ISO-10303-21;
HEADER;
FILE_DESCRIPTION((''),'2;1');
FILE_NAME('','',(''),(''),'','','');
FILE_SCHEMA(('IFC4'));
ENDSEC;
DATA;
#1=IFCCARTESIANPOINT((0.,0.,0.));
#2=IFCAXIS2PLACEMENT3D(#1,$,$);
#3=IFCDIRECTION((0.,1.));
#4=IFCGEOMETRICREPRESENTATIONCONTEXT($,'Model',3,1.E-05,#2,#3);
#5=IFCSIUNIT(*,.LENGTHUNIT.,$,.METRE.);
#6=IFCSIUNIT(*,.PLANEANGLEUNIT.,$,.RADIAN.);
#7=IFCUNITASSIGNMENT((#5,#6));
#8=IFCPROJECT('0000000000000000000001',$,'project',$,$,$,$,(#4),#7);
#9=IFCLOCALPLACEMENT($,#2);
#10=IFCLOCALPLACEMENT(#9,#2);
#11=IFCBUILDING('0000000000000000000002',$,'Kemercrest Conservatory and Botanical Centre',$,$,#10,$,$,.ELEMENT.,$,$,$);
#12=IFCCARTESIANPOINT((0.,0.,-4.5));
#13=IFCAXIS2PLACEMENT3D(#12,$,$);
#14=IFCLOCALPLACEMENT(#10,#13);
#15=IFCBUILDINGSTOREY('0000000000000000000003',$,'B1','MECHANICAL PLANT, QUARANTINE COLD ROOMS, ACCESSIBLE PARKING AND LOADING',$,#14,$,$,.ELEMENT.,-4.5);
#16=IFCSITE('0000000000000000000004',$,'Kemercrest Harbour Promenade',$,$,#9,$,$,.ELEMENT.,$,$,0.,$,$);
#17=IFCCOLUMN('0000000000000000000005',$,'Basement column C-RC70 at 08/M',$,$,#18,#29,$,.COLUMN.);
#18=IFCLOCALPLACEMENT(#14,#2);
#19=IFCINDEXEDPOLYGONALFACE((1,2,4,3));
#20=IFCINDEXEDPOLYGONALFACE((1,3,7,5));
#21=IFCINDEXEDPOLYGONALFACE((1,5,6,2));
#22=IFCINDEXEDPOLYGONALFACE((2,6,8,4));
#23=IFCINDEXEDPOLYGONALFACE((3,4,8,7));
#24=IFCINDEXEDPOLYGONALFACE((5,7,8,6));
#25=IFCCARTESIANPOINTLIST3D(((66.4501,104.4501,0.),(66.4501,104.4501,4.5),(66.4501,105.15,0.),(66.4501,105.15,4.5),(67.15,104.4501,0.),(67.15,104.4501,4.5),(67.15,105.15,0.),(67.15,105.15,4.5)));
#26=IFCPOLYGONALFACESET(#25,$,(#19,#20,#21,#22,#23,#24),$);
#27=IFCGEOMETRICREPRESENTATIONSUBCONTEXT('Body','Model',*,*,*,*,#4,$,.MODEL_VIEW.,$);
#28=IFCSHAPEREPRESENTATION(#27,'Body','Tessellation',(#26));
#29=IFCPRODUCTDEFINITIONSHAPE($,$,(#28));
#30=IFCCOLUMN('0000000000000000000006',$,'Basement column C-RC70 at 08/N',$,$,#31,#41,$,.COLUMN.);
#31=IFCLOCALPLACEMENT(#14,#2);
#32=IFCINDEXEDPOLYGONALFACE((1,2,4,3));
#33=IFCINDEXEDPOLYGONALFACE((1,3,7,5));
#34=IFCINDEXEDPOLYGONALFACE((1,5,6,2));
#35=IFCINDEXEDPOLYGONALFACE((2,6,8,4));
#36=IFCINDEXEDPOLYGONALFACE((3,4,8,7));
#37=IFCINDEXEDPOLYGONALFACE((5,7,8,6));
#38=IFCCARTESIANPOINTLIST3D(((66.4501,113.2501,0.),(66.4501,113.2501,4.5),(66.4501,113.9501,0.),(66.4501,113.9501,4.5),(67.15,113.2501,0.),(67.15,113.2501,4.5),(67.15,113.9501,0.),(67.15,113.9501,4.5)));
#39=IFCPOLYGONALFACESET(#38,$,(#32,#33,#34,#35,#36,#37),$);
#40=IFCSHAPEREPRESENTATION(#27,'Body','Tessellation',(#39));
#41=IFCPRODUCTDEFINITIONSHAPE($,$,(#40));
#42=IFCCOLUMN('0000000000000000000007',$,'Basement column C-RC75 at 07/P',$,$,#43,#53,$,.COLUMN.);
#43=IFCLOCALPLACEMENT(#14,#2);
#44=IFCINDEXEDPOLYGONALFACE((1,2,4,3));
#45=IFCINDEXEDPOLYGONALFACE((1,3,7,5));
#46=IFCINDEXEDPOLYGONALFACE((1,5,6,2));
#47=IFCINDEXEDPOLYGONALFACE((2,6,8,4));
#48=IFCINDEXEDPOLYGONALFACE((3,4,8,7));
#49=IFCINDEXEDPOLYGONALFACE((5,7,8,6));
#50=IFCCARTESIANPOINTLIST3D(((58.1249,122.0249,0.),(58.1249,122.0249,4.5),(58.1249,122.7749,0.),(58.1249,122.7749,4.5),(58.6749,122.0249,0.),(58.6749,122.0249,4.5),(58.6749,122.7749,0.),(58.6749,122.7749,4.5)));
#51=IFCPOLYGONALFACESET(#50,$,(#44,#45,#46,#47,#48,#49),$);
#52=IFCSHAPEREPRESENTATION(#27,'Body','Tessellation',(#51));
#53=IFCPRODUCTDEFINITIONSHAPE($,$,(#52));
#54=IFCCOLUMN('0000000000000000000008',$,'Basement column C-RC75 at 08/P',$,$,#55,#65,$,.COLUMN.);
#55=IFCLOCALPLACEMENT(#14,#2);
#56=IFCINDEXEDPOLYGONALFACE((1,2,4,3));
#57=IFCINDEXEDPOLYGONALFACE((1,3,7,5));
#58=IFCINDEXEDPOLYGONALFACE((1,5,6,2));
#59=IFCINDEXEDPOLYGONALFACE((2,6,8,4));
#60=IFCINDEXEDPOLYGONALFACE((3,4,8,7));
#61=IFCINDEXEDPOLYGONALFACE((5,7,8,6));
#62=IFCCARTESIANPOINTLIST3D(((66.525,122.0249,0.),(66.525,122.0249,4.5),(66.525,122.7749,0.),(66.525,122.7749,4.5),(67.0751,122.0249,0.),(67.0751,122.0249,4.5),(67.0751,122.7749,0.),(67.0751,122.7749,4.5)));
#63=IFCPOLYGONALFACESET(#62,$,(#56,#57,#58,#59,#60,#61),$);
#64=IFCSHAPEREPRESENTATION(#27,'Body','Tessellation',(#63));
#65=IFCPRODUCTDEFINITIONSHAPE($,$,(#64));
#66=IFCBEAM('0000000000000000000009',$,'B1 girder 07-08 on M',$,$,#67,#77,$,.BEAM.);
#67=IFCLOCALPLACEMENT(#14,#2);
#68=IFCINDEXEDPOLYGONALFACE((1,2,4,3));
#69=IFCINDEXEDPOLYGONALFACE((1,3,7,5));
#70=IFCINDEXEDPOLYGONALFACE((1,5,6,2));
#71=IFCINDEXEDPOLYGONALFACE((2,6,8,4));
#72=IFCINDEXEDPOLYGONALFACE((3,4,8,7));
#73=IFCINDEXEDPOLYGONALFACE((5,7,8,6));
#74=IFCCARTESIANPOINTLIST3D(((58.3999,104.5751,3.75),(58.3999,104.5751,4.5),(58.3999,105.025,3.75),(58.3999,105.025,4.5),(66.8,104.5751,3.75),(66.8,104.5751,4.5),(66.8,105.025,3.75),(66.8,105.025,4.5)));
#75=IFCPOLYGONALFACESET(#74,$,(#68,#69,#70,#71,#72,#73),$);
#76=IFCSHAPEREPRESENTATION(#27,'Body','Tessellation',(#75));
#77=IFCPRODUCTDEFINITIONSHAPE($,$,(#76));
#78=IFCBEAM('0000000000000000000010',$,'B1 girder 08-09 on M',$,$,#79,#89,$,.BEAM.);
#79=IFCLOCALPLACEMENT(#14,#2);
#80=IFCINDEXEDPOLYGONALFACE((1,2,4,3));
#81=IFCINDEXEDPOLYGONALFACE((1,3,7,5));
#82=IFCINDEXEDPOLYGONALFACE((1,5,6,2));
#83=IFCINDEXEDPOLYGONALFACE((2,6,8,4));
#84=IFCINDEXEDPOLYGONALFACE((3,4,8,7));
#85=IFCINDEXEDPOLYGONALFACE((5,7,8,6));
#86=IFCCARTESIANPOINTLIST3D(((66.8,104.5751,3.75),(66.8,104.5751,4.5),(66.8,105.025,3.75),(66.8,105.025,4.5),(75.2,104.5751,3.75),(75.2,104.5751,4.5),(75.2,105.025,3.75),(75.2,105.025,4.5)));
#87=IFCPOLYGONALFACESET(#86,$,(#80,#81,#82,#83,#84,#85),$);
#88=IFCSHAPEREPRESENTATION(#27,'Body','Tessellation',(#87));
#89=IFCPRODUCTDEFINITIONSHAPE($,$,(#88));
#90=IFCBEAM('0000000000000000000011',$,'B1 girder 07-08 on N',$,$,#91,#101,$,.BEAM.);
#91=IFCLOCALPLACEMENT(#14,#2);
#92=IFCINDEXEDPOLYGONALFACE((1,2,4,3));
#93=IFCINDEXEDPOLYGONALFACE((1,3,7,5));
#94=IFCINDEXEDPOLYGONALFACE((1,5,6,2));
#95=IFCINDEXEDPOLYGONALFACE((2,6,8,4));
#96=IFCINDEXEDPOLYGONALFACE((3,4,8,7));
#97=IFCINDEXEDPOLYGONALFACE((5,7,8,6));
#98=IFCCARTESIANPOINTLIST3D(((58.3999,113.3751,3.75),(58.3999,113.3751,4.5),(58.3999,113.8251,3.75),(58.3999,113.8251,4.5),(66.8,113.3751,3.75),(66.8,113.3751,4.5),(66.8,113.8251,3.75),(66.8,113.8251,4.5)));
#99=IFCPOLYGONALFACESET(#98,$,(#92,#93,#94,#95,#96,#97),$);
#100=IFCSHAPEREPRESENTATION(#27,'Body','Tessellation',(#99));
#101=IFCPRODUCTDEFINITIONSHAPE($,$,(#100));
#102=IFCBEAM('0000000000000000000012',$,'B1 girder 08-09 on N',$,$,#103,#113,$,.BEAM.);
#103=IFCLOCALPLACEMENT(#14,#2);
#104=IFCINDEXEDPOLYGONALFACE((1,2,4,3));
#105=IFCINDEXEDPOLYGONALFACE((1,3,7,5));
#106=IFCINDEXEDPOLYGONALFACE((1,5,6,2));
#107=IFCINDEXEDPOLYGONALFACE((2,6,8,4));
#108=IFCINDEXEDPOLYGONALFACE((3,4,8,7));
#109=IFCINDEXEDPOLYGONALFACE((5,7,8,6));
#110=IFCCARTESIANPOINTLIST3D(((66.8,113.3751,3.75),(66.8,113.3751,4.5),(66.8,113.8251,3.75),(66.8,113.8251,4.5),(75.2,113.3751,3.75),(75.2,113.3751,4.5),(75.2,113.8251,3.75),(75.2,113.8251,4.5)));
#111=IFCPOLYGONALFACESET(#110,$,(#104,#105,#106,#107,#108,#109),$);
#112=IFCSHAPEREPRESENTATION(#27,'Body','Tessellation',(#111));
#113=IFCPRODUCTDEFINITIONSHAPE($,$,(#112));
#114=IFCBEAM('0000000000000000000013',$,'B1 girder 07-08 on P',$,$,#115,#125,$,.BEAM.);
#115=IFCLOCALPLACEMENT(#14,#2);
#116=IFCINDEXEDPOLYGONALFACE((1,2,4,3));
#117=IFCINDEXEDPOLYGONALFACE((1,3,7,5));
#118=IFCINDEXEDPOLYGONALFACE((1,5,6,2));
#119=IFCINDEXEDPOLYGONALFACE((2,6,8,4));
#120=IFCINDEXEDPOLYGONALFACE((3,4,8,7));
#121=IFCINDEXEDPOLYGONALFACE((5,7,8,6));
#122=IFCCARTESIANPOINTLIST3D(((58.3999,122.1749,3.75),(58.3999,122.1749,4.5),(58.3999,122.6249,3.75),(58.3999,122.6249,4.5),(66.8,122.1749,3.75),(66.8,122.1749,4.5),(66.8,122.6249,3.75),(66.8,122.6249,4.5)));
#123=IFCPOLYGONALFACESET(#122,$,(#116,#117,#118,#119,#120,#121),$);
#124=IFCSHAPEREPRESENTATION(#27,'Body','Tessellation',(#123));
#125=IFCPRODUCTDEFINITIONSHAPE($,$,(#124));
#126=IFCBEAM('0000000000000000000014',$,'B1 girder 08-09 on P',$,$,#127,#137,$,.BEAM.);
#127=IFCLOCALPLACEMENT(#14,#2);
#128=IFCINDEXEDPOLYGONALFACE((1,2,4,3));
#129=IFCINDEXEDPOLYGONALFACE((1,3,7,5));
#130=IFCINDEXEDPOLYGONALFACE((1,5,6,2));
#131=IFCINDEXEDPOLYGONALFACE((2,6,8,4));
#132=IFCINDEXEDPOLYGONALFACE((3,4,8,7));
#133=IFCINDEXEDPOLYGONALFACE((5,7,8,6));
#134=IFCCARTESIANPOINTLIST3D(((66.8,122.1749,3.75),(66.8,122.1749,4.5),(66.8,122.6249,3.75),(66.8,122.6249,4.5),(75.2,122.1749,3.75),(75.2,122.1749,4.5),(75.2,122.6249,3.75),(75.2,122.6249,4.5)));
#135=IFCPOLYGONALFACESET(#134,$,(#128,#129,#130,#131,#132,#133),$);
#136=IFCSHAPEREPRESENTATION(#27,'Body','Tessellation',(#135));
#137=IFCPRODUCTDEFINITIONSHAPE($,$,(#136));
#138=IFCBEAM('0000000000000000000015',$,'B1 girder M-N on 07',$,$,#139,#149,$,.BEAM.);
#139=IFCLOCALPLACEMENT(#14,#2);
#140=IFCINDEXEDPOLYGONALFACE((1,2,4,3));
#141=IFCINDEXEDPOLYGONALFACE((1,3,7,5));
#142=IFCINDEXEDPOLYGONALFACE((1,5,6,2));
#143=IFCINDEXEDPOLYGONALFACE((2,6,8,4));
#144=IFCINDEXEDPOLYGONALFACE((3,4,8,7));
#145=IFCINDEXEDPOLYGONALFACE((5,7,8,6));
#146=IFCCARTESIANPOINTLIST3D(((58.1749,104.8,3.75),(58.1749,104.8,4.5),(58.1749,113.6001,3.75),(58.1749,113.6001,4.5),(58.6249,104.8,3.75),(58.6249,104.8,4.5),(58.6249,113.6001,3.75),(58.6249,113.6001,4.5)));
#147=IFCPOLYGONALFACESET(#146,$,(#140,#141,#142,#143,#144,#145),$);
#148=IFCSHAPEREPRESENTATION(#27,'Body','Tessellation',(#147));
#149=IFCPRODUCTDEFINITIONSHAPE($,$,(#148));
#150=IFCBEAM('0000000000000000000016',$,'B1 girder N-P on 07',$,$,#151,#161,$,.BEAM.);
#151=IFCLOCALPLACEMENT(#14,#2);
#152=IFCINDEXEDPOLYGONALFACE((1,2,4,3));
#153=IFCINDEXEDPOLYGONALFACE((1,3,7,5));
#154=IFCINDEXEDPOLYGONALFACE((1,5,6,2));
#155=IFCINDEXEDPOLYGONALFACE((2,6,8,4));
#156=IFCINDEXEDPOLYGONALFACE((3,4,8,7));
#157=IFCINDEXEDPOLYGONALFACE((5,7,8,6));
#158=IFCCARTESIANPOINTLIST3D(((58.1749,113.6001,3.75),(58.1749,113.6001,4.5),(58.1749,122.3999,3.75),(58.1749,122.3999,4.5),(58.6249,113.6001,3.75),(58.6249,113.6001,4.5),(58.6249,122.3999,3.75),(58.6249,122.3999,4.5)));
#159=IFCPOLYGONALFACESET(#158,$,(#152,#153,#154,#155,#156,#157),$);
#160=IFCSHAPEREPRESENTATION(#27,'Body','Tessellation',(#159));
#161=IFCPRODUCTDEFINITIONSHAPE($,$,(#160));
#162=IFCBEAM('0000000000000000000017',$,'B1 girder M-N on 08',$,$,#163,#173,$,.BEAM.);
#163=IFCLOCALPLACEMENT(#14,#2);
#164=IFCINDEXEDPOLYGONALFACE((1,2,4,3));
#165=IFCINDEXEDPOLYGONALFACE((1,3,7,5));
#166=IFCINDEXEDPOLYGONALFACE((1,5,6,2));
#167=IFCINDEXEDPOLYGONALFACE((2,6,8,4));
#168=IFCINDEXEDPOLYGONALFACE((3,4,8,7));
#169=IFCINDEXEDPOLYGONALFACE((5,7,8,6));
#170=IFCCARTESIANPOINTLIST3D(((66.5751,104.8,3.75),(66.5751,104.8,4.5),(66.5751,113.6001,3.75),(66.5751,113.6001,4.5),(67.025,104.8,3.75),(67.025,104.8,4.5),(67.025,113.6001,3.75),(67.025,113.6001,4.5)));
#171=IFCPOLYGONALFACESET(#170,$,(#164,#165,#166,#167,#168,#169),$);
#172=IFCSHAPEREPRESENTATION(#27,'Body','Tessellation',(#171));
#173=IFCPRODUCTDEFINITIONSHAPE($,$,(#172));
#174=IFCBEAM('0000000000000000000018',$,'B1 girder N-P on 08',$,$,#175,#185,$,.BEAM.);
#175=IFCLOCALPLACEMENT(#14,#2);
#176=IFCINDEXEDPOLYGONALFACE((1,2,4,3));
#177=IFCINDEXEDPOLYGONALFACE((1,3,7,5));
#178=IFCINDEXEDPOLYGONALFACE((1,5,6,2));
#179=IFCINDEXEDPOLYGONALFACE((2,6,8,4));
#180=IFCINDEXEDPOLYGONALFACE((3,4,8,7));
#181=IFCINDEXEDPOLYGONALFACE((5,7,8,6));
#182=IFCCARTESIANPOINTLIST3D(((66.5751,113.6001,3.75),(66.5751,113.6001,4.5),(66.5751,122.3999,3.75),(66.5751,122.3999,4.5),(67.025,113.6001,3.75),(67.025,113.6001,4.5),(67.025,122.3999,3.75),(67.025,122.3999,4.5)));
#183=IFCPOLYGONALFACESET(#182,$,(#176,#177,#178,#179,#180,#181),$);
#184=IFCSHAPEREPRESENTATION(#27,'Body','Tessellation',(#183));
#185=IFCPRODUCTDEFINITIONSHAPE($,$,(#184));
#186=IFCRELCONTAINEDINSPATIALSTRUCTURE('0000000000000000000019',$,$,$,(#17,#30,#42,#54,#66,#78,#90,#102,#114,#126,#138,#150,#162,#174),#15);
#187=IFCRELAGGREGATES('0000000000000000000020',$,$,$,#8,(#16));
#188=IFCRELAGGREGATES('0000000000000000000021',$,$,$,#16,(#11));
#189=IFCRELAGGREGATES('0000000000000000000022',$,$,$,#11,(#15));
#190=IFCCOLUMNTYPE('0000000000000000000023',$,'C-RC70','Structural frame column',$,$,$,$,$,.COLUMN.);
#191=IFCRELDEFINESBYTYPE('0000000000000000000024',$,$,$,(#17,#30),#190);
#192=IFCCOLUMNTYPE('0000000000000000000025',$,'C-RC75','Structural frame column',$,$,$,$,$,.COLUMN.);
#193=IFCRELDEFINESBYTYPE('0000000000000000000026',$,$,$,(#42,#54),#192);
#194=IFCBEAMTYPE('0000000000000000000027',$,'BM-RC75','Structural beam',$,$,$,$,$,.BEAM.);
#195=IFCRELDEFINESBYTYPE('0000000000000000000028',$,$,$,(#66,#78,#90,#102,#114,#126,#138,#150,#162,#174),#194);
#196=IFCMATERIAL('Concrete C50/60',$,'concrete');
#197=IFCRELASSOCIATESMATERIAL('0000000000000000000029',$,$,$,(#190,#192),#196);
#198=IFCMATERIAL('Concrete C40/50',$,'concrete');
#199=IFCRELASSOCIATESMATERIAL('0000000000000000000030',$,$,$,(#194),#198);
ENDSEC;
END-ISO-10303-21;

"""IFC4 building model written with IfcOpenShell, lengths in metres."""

from ifc_helpers import new_model, si_unit, direction, frame, origin, origin_2d, place, context, subcontext, project, spatial, rectangle, extrude, material, material_profile, profile_set, type_object, element, save


model = new_model("IFC4")

# Units and contexts
model_context = context("Model", 3, precision=1e-05, world=origin(), true_north=direction((0.0, 1.0)))
body_context = subcontext(model_context, "Body", "Model", "MODEL_VIEW")
ifc_project = project(units=[si_unit("LENGTHUNIT", "METRE"), si_unit("PLANEANGLEUNIT", "RADIAN")], contexts=[model_context])

# Site, building, storey
site_placement = place(None, origin())
site = spatial("IfcSite", under=ifc_project, at=site_placement, Name="Kemercrest Harbour Promenade", CompositionType="ELEMENT", RefElevation=0.0)
building_placement = place(site_placement, origin())
building = spatial("IfcBuilding", under=site, at=building_placement, Name="Kemercrest Conservatory and Botanical Centre", CompositionType="ELEMENT")
storey_placement = place(building_placement, frame((0.0, 0.0, -4.5)))
storey = spatial("IfcBuildingStorey", under=building, at=storey_placement, Name="B1", Description="MECHANICAL PLANT, QUARANTINE COLD ROOMS, ACCESSIBLE PARKING AND LOADING", CompositionType="ELEMENT", Elevation=-4.5)

# Shared definitions
ifc_material_1 = material(Name="Concrete C40/50", Category="concrete")

# Columns
ifc_material_2 = material(Name="Concrete C50/60", Category="concrete")
ifc_material_profile_1 = material_profile(ifc_material_2, rectangle(XDim=0.7, YDim=0.7, at=origin_2d()), Name="RC 700x700")
ifc_profile_set_1 = profile_set([ifc_material_profile_1], Name="Concrete C50/60")
column_type_1 = type_object("IfcColumnType", Name="C-RC70", Description="Structural frame column", PredefinedType="COLUMN", material=ifc_profile_set_1)
for number, where, z_axis, x_axis, name in (
    (1, (66.8, 104.8, 0.0), (0.0, 0.0, 1.0), (1.0, 0.0, 0.0), "Basement column C-RC70 at 08/M"),
    (2, (66.8, 113.6001, 0.0), (0.0, 0.0, 1.0), (1.0, 0.0, 0.0), "Basement column C-RC70 at 08/N"),
):
    element("IfcColumn", number, at=place(storey_placement, frame(where, z_axis=z_axis, x_axis=x_axis)), inside=storey, type_object=column_type_1, Name=name, PredefinedType="COLUMN", context=body_context, shape_type="SweptSolid", body=[
        extrude(rectangle(XDim=0.7, YDim=0.7, at=origin_2d()), origin(), (0.0, 0.0, 1.0), 4.5),
    ])
ifc_material_profile_2 = material_profile(ifc_material_2, rectangle(XDim=0.55, YDim=0.75, at=origin_2d()), Name="RC 750x550")
ifc_profile_set_2 = profile_set([ifc_material_profile_2], Name="Concrete C50/60")
column_type_2 = type_object("IfcColumnType", Name="C-RC75", Description="Structural frame column", PredefinedType="COLUMN", material=ifc_profile_set_2)
for number, where, z_axis, x_axis, name in (
    (3, (58.3999, 122.3999, 0.0), (0.0, 0.0, 1.0), (1.0, 0.0, 0.0), "Basement column C-RC75 at 07/P"),
    (4, (66.8, 122.3999, 0.0), (0.0, 0.0, 1.0), (1.0, 0.0, 0.0), "Basement column C-RC75 at 08/P"),
):
    element("IfcColumn", number, at=place(storey_placement, frame(where, z_axis=z_axis, x_axis=x_axis)), inside=storey, type_object=column_type_2, Name=name, PredefinedType="COLUMN", context=body_context, shape_type="SweptSolid", body=[
        extrude(rectangle(XDim=0.55, YDim=0.75, at=origin_2d()), origin(), (0.0, 0.0, 1.0), 4.5),
    ])

# Beams
ifc_material_profile_3 = material_profile(ifc_material_1, rectangle(XDim=0.45, YDim=0.75, at=origin_2d()), Name="RC 450x750")
ifc_profile_set_3 = profile_set([ifc_material_profile_3], Name="Concrete C40/50")
beam_type = type_object("IfcBeamType", Name="BM-RC75", Description="Structural beam", PredefinedType="BEAM", material=ifc_profile_set_3)
beam_1_placement = place(storey_placement, frame((58.3999, 104.8, 4.125), z_axis=(1.0, 0.0, 0.0), x_axis=(0.0, 1.0, 0.0)))
element("IfcBeam", 5, at=beam_1_placement, inside=storey, type_object=beam_type, Name="B1 girder 07-08 on M", PredefinedType="BEAM", context=body_context, shape_type="SweptSolid", body=[
    extrude(rectangle(XDim=0.45, YDim=0.75, at=origin_2d()), origin(), (0.0, 0.0, 1.0), 8.4001),
])
beam_2_placement = place(storey_placement, frame((66.8, 104.8, 4.125), z_axis=(1.0, 0.0, 0.0), x_axis=(0.0, 1.0, 0.0)))
element("IfcBeam", 6, at=beam_2_placement, inside=storey, type_object=beam_type, Name="B1 girder 08-09 on M", PredefinedType="BEAM", context=body_context, shape_type="SweptSolid", body=[
    extrude(rectangle(XDim=0.45, YDim=0.75, at=origin_2d()), origin(), (0.0, 0.0, 1.0), 8.3999),
])
beam_3_placement = place(storey_placement, frame((58.3999, 113.6001, 4.125), z_axis=(1.0, 0.0, 0.0), x_axis=(0.0, 1.0, 0.0)))
element("IfcBeam", 7, at=beam_3_placement, inside=storey, type_object=beam_type, Name="B1 girder 07-08 on N", PredefinedType="BEAM", context=body_context, shape_type="SweptSolid", body=[
    extrude(rectangle(XDim=0.45, YDim=0.75, at=origin_2d()), origin(), (0.0, 0.0, 1.0), 8.4001),
])
beam_4_placement = place(storey_placement, frame((66.8, 113.6001, 4.125), z_axis=(1.0, 0.0, 0.0), x_axis=(0.0, 1.0, 0.0)))
element("IfcBeam", 8, at=beam_4_placement, inside=storey, type_object=beam_type, Name="B1 girder 08-09 on N", PredefinedType="BEAM", context=body_context, shape_type="SweptSolid", body=[
    extrude(rectangle(XDim=0.45, YDim=0.75, at=origin_2d()), origin(), (0.0, 0.0, 1.0), 8.3999),
])
beam_5_placement = place(storey_placement, frame((58.3999, 122.3999, 4.125), z_axis=(1.0, 0.0, 0.0), x_axis=(0.0, 1.0, 0.0)))
element("IfcBeam", 9, at=beam_5_placement, inside=storey, type_object=beam_type, Name="B1 girder 07-08 on P", PredefinedType="BEAM", context=body_context, shape_type="SweptSolid", body=[
    extrude(rectangle(XDim=0.45, YDim=0.75, at=origin_2d()), origin(), (0.0, 0.0, 1.0), 8.4001),
])
beam_6_placement = place(storey_placement, frame((66.8, 122.3999, 4.125), z_axis=(1.0, 0.0, 0.0), x_axis=(0.0, 1.0, 0.0)))
element("IfcBeam", 10, at=beam_6_placement, inside=storey, type_object=beam_type, Name="B1 girder 08-09 on P", PredefinedType="BEAM", context=body_context, shape_type="SweptSolid", body=[
    extrude(rectangle(XDim=0.45, YDim=0.75, at=origin_2d()), origin(), (0.0, 0.0, 1.0), 8.3999),
])
beam_7_placement = place(storey_placement, frame((58.3999, 104.8, 4.125), z_axis=(0.0, 1.0, 0.0), x_axis=(-1.0, 0.0, 0.0)))
element("IfcBeam", 11, at=beam_7_placement, inside=storey, type_object=beam_type, Name="B1 girder M-N on 07", PredefinedType="BEAM", context=body_context, shape_type="SweptSolid", body=[
    extrude(rectangle(XDim=0.45, YDim=0.75, at=origin_2d()), origin(), (0.0, 0.0, 1.0), 8.8),
])
beam_8_placement = place(storey_placement, frame((58.3999, 113.6001, 4.125), z_axis=(0.0, 1.0, 0.0), x_axis=(-1.0, 0.0, 0.0)))
element("IfcBeam", 12, at=beam_8_placement, inside=storey, type_object=beam_type, Name="B1 girder N-P on 07", PredefinedType="BEAM", context=body_context, shape_type="SweptSolid", body=[
    extrude(rectangle(XDim=0.45, YDim=0.75, at=origin_2d()), origin(), (0.0, 0.0, 1.0), 8.7998),
])
beam_9_placement = place(storey_placement, frame((66.8, 104.8, 4.125), z_axis=(0.0, 1.0, 0.0), x_axis=(-1.0, 0.0, 0.0)))
element("IfcBeam", 13, at=beam_9_placement, inside=storey, type_object=beam_type, Name="B1 girder M-N on 08", PredefinedType="BEAM", context=body_context, shape_type="SweptSolid", body=[
    extrude(rectangle(XDim=0.45, YDim=0.75, at=origin_2d()), origin(), (0.0, 0.0, 1.0), 8.8),
])
beam_10_placement = place(storey_placement, frame((66.8, 113.6001, 4.125), z_axis=(0.0, 1.0, 0.0), x_axis=(-1.0, 0.0, 0.0)))
element("IfcBeam", 14, at=beam_10_placement, inside=storey, type_object=beam_type, Name="B1 girder N-P on 08", PredefinedType="BEAM", context=body_context, shape_type="SweptSolid", body=[
    extrude(rectangle(XDim=0.45, YDim=0.75, at=origin_2d()), origin(), (0.0, 0.0, 1.0), 8.7998),
])

save(model, "model.ifc")
